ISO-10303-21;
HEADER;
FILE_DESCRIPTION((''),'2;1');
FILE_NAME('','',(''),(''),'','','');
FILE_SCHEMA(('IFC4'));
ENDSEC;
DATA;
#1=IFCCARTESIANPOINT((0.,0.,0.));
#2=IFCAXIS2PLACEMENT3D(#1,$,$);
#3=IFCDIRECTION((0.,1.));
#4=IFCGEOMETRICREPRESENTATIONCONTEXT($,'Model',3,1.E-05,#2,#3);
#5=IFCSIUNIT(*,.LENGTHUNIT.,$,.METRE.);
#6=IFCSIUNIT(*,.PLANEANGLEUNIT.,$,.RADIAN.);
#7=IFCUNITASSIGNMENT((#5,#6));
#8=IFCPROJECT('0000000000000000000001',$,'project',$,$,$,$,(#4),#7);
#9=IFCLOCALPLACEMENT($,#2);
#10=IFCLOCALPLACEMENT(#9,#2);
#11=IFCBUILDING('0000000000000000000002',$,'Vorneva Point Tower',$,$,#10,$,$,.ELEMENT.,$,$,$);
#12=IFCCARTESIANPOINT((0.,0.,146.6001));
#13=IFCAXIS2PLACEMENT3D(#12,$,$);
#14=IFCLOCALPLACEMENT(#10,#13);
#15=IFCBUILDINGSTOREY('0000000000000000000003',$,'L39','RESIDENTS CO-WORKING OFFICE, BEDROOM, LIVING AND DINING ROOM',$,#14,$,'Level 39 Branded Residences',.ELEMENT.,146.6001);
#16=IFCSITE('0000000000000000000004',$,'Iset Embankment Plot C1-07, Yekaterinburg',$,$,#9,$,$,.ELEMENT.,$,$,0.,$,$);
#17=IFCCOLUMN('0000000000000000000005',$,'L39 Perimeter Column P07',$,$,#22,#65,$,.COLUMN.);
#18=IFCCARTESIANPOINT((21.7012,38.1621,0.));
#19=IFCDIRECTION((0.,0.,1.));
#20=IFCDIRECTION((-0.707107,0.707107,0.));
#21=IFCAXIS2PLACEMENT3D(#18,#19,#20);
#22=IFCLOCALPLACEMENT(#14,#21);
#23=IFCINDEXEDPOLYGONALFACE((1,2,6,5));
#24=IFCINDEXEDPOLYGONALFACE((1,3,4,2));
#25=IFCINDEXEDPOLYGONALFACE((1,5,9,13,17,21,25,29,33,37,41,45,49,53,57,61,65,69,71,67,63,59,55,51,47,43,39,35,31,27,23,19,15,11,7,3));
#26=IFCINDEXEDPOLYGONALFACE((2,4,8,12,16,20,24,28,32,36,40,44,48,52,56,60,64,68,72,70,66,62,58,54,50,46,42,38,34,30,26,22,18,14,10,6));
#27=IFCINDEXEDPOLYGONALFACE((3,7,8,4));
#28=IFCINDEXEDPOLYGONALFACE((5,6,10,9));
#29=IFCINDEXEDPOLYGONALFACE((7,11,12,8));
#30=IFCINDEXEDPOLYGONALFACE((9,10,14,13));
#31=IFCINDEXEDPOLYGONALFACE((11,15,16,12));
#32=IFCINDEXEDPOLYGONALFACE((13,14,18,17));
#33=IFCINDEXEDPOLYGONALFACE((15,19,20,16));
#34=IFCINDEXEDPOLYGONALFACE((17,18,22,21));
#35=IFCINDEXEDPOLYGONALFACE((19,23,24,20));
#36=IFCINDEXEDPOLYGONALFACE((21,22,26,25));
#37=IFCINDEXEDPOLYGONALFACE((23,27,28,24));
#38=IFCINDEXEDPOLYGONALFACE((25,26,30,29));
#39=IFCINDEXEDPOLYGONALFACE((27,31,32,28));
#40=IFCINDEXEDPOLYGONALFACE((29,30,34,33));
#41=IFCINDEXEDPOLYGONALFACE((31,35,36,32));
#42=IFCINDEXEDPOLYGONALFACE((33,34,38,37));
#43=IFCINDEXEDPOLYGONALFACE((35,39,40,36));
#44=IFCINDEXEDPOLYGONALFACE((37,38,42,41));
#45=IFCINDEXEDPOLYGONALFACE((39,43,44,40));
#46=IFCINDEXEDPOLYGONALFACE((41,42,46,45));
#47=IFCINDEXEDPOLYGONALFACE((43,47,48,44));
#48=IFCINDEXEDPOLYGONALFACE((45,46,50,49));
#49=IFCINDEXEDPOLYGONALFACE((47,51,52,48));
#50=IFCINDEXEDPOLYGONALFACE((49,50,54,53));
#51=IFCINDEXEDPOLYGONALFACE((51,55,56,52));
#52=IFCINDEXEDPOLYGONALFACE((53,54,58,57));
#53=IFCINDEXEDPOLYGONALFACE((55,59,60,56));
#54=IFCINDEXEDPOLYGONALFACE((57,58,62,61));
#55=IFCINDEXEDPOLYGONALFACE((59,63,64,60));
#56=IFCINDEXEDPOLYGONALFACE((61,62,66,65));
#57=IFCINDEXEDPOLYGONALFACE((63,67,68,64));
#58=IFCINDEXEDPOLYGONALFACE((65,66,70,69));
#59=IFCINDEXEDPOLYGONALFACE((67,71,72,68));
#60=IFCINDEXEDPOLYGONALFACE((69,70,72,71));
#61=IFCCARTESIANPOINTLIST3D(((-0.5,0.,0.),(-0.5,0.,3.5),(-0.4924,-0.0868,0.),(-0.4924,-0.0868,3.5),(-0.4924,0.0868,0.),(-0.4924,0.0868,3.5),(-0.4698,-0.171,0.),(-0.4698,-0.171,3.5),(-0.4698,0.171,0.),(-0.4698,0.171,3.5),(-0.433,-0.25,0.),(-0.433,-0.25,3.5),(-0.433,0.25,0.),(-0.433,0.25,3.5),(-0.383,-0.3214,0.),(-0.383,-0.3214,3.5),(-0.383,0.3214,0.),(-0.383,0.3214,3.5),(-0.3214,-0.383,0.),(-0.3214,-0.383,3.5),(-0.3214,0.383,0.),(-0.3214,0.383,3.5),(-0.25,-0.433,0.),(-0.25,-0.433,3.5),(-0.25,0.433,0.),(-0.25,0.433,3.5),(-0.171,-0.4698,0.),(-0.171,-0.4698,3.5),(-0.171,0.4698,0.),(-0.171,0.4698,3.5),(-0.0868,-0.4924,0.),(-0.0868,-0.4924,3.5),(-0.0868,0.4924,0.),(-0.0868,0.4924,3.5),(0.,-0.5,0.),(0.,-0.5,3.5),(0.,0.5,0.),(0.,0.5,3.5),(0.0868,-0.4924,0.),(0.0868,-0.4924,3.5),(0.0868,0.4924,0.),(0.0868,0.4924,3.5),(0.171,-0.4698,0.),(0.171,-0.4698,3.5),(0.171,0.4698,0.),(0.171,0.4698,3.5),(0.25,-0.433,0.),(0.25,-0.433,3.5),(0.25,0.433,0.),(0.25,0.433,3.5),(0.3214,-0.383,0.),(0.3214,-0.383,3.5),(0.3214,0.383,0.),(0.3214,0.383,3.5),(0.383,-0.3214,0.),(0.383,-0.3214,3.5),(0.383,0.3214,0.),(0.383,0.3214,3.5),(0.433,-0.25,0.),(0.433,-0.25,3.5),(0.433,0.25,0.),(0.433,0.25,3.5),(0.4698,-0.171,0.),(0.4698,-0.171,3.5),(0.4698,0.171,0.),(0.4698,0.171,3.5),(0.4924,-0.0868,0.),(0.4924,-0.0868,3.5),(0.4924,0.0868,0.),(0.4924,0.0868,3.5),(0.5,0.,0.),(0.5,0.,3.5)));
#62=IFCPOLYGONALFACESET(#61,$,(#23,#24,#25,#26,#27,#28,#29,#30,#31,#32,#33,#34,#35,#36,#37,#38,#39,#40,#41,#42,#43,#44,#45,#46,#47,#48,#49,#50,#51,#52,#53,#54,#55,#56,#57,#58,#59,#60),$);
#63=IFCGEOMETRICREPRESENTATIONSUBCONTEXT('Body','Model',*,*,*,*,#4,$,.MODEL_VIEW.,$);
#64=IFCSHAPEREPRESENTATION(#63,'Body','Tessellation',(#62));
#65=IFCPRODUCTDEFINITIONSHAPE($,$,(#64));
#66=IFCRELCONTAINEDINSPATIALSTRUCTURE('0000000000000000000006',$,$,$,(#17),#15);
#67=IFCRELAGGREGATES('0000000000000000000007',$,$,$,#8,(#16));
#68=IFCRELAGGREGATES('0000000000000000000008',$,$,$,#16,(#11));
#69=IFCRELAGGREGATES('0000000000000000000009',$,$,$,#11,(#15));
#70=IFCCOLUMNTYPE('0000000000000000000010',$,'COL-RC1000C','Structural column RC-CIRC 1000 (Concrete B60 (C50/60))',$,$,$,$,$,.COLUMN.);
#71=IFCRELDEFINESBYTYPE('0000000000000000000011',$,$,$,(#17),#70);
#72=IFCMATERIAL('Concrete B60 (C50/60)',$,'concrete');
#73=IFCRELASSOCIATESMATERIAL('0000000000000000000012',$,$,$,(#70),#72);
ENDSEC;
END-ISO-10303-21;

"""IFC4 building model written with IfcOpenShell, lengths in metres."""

from ifc_helpers import new_model, si_unit, direction, frame, origin, origin_2d, place, context, subcontext, project, spatial, circle, extrude, material, material_profile, profile_set, type_object, element, save


model = new_model("IFC4")

# Units and contexts
model_context = context("Model", 3, precision=1e-05, world=origin(), true_north=direction((0.0, 1.0)))
body_context = subcontext(model_context, "Body", "Model", "MODEL_VIEW")
ifc_project = project(units=[si_unit("LENGTHUNIT", "METRE"), si_unit("PLANEANGLEUNIT", "RADIAN")], contexts=[model_context])

# Site, building, storey
site_placement = place(None, origin())
site = spatial("IfcSite", under=ifc_project, at=site_placement, Name="Iset Embankment Plot C1-07, Yekaterinburg", CompositionType="ELEMENT", RefElevation=0.0)
building_placement = place(site_placement, origin())
building = spatial("IfcBuilding", under=site, at=building_placement, Name="Vorneva Point Tower", CompositionType="ELEMENT")
storey_placement = place(building_placement, frame((0.0, 0.0, 146.6001)))
storey = spatial("IfcBuildingStorey", under=building, at=storey_placement, Name="L39", Description="RESIDENTS CO-WORKING OFFICE, BEDROOM, LIVING AND DINING ROOM", LongName="Level 39 Branded Residences", CompositionType="ELEMENT", Elevation=146.6001)

# Column
ifc_material_1 = material(Name="Concrete B60 (C50/60)", Category="concrete")
ifc_material_profile_1 = material_profile(ifc_material_1, circle(Radius=0.5, at=origin_2d()), Name="RC-CIRC 1000")
ifc_profile_set_1 = profile_set([ifc_material_profile_1], Name="Concrete B60 (C50/60)")
column_type_1 = type_object("IfcColumnType", Name="COL-RC1000C", Description="Structural column RC-CIRC 1000 (Concrete B60 (C50/60))", PredefinedType="COLUMN", material=ifc_profile_set_1)
column_1_placement = place(storey_placement, frame((21.7012, 38.1621, 0.0), z_axis=(0.0, 0.0, 1.0), x_axis=(-0.707107, 0.707107, 0.0)))
element("IfcColumn", 1, at=column_1_placement, inside=storey, type_object=column_type_1, Name="L39 Perimeter Column P07", PredefinedType="COLUMN", context=body_context, shape_type="SweptSolid", body=[
    extrude(circle(Radius=0.5, at=origin_2d()), origin(), (0.0, 0.0, 1.0), 3.5),
])

save(model, "model.ifc")
